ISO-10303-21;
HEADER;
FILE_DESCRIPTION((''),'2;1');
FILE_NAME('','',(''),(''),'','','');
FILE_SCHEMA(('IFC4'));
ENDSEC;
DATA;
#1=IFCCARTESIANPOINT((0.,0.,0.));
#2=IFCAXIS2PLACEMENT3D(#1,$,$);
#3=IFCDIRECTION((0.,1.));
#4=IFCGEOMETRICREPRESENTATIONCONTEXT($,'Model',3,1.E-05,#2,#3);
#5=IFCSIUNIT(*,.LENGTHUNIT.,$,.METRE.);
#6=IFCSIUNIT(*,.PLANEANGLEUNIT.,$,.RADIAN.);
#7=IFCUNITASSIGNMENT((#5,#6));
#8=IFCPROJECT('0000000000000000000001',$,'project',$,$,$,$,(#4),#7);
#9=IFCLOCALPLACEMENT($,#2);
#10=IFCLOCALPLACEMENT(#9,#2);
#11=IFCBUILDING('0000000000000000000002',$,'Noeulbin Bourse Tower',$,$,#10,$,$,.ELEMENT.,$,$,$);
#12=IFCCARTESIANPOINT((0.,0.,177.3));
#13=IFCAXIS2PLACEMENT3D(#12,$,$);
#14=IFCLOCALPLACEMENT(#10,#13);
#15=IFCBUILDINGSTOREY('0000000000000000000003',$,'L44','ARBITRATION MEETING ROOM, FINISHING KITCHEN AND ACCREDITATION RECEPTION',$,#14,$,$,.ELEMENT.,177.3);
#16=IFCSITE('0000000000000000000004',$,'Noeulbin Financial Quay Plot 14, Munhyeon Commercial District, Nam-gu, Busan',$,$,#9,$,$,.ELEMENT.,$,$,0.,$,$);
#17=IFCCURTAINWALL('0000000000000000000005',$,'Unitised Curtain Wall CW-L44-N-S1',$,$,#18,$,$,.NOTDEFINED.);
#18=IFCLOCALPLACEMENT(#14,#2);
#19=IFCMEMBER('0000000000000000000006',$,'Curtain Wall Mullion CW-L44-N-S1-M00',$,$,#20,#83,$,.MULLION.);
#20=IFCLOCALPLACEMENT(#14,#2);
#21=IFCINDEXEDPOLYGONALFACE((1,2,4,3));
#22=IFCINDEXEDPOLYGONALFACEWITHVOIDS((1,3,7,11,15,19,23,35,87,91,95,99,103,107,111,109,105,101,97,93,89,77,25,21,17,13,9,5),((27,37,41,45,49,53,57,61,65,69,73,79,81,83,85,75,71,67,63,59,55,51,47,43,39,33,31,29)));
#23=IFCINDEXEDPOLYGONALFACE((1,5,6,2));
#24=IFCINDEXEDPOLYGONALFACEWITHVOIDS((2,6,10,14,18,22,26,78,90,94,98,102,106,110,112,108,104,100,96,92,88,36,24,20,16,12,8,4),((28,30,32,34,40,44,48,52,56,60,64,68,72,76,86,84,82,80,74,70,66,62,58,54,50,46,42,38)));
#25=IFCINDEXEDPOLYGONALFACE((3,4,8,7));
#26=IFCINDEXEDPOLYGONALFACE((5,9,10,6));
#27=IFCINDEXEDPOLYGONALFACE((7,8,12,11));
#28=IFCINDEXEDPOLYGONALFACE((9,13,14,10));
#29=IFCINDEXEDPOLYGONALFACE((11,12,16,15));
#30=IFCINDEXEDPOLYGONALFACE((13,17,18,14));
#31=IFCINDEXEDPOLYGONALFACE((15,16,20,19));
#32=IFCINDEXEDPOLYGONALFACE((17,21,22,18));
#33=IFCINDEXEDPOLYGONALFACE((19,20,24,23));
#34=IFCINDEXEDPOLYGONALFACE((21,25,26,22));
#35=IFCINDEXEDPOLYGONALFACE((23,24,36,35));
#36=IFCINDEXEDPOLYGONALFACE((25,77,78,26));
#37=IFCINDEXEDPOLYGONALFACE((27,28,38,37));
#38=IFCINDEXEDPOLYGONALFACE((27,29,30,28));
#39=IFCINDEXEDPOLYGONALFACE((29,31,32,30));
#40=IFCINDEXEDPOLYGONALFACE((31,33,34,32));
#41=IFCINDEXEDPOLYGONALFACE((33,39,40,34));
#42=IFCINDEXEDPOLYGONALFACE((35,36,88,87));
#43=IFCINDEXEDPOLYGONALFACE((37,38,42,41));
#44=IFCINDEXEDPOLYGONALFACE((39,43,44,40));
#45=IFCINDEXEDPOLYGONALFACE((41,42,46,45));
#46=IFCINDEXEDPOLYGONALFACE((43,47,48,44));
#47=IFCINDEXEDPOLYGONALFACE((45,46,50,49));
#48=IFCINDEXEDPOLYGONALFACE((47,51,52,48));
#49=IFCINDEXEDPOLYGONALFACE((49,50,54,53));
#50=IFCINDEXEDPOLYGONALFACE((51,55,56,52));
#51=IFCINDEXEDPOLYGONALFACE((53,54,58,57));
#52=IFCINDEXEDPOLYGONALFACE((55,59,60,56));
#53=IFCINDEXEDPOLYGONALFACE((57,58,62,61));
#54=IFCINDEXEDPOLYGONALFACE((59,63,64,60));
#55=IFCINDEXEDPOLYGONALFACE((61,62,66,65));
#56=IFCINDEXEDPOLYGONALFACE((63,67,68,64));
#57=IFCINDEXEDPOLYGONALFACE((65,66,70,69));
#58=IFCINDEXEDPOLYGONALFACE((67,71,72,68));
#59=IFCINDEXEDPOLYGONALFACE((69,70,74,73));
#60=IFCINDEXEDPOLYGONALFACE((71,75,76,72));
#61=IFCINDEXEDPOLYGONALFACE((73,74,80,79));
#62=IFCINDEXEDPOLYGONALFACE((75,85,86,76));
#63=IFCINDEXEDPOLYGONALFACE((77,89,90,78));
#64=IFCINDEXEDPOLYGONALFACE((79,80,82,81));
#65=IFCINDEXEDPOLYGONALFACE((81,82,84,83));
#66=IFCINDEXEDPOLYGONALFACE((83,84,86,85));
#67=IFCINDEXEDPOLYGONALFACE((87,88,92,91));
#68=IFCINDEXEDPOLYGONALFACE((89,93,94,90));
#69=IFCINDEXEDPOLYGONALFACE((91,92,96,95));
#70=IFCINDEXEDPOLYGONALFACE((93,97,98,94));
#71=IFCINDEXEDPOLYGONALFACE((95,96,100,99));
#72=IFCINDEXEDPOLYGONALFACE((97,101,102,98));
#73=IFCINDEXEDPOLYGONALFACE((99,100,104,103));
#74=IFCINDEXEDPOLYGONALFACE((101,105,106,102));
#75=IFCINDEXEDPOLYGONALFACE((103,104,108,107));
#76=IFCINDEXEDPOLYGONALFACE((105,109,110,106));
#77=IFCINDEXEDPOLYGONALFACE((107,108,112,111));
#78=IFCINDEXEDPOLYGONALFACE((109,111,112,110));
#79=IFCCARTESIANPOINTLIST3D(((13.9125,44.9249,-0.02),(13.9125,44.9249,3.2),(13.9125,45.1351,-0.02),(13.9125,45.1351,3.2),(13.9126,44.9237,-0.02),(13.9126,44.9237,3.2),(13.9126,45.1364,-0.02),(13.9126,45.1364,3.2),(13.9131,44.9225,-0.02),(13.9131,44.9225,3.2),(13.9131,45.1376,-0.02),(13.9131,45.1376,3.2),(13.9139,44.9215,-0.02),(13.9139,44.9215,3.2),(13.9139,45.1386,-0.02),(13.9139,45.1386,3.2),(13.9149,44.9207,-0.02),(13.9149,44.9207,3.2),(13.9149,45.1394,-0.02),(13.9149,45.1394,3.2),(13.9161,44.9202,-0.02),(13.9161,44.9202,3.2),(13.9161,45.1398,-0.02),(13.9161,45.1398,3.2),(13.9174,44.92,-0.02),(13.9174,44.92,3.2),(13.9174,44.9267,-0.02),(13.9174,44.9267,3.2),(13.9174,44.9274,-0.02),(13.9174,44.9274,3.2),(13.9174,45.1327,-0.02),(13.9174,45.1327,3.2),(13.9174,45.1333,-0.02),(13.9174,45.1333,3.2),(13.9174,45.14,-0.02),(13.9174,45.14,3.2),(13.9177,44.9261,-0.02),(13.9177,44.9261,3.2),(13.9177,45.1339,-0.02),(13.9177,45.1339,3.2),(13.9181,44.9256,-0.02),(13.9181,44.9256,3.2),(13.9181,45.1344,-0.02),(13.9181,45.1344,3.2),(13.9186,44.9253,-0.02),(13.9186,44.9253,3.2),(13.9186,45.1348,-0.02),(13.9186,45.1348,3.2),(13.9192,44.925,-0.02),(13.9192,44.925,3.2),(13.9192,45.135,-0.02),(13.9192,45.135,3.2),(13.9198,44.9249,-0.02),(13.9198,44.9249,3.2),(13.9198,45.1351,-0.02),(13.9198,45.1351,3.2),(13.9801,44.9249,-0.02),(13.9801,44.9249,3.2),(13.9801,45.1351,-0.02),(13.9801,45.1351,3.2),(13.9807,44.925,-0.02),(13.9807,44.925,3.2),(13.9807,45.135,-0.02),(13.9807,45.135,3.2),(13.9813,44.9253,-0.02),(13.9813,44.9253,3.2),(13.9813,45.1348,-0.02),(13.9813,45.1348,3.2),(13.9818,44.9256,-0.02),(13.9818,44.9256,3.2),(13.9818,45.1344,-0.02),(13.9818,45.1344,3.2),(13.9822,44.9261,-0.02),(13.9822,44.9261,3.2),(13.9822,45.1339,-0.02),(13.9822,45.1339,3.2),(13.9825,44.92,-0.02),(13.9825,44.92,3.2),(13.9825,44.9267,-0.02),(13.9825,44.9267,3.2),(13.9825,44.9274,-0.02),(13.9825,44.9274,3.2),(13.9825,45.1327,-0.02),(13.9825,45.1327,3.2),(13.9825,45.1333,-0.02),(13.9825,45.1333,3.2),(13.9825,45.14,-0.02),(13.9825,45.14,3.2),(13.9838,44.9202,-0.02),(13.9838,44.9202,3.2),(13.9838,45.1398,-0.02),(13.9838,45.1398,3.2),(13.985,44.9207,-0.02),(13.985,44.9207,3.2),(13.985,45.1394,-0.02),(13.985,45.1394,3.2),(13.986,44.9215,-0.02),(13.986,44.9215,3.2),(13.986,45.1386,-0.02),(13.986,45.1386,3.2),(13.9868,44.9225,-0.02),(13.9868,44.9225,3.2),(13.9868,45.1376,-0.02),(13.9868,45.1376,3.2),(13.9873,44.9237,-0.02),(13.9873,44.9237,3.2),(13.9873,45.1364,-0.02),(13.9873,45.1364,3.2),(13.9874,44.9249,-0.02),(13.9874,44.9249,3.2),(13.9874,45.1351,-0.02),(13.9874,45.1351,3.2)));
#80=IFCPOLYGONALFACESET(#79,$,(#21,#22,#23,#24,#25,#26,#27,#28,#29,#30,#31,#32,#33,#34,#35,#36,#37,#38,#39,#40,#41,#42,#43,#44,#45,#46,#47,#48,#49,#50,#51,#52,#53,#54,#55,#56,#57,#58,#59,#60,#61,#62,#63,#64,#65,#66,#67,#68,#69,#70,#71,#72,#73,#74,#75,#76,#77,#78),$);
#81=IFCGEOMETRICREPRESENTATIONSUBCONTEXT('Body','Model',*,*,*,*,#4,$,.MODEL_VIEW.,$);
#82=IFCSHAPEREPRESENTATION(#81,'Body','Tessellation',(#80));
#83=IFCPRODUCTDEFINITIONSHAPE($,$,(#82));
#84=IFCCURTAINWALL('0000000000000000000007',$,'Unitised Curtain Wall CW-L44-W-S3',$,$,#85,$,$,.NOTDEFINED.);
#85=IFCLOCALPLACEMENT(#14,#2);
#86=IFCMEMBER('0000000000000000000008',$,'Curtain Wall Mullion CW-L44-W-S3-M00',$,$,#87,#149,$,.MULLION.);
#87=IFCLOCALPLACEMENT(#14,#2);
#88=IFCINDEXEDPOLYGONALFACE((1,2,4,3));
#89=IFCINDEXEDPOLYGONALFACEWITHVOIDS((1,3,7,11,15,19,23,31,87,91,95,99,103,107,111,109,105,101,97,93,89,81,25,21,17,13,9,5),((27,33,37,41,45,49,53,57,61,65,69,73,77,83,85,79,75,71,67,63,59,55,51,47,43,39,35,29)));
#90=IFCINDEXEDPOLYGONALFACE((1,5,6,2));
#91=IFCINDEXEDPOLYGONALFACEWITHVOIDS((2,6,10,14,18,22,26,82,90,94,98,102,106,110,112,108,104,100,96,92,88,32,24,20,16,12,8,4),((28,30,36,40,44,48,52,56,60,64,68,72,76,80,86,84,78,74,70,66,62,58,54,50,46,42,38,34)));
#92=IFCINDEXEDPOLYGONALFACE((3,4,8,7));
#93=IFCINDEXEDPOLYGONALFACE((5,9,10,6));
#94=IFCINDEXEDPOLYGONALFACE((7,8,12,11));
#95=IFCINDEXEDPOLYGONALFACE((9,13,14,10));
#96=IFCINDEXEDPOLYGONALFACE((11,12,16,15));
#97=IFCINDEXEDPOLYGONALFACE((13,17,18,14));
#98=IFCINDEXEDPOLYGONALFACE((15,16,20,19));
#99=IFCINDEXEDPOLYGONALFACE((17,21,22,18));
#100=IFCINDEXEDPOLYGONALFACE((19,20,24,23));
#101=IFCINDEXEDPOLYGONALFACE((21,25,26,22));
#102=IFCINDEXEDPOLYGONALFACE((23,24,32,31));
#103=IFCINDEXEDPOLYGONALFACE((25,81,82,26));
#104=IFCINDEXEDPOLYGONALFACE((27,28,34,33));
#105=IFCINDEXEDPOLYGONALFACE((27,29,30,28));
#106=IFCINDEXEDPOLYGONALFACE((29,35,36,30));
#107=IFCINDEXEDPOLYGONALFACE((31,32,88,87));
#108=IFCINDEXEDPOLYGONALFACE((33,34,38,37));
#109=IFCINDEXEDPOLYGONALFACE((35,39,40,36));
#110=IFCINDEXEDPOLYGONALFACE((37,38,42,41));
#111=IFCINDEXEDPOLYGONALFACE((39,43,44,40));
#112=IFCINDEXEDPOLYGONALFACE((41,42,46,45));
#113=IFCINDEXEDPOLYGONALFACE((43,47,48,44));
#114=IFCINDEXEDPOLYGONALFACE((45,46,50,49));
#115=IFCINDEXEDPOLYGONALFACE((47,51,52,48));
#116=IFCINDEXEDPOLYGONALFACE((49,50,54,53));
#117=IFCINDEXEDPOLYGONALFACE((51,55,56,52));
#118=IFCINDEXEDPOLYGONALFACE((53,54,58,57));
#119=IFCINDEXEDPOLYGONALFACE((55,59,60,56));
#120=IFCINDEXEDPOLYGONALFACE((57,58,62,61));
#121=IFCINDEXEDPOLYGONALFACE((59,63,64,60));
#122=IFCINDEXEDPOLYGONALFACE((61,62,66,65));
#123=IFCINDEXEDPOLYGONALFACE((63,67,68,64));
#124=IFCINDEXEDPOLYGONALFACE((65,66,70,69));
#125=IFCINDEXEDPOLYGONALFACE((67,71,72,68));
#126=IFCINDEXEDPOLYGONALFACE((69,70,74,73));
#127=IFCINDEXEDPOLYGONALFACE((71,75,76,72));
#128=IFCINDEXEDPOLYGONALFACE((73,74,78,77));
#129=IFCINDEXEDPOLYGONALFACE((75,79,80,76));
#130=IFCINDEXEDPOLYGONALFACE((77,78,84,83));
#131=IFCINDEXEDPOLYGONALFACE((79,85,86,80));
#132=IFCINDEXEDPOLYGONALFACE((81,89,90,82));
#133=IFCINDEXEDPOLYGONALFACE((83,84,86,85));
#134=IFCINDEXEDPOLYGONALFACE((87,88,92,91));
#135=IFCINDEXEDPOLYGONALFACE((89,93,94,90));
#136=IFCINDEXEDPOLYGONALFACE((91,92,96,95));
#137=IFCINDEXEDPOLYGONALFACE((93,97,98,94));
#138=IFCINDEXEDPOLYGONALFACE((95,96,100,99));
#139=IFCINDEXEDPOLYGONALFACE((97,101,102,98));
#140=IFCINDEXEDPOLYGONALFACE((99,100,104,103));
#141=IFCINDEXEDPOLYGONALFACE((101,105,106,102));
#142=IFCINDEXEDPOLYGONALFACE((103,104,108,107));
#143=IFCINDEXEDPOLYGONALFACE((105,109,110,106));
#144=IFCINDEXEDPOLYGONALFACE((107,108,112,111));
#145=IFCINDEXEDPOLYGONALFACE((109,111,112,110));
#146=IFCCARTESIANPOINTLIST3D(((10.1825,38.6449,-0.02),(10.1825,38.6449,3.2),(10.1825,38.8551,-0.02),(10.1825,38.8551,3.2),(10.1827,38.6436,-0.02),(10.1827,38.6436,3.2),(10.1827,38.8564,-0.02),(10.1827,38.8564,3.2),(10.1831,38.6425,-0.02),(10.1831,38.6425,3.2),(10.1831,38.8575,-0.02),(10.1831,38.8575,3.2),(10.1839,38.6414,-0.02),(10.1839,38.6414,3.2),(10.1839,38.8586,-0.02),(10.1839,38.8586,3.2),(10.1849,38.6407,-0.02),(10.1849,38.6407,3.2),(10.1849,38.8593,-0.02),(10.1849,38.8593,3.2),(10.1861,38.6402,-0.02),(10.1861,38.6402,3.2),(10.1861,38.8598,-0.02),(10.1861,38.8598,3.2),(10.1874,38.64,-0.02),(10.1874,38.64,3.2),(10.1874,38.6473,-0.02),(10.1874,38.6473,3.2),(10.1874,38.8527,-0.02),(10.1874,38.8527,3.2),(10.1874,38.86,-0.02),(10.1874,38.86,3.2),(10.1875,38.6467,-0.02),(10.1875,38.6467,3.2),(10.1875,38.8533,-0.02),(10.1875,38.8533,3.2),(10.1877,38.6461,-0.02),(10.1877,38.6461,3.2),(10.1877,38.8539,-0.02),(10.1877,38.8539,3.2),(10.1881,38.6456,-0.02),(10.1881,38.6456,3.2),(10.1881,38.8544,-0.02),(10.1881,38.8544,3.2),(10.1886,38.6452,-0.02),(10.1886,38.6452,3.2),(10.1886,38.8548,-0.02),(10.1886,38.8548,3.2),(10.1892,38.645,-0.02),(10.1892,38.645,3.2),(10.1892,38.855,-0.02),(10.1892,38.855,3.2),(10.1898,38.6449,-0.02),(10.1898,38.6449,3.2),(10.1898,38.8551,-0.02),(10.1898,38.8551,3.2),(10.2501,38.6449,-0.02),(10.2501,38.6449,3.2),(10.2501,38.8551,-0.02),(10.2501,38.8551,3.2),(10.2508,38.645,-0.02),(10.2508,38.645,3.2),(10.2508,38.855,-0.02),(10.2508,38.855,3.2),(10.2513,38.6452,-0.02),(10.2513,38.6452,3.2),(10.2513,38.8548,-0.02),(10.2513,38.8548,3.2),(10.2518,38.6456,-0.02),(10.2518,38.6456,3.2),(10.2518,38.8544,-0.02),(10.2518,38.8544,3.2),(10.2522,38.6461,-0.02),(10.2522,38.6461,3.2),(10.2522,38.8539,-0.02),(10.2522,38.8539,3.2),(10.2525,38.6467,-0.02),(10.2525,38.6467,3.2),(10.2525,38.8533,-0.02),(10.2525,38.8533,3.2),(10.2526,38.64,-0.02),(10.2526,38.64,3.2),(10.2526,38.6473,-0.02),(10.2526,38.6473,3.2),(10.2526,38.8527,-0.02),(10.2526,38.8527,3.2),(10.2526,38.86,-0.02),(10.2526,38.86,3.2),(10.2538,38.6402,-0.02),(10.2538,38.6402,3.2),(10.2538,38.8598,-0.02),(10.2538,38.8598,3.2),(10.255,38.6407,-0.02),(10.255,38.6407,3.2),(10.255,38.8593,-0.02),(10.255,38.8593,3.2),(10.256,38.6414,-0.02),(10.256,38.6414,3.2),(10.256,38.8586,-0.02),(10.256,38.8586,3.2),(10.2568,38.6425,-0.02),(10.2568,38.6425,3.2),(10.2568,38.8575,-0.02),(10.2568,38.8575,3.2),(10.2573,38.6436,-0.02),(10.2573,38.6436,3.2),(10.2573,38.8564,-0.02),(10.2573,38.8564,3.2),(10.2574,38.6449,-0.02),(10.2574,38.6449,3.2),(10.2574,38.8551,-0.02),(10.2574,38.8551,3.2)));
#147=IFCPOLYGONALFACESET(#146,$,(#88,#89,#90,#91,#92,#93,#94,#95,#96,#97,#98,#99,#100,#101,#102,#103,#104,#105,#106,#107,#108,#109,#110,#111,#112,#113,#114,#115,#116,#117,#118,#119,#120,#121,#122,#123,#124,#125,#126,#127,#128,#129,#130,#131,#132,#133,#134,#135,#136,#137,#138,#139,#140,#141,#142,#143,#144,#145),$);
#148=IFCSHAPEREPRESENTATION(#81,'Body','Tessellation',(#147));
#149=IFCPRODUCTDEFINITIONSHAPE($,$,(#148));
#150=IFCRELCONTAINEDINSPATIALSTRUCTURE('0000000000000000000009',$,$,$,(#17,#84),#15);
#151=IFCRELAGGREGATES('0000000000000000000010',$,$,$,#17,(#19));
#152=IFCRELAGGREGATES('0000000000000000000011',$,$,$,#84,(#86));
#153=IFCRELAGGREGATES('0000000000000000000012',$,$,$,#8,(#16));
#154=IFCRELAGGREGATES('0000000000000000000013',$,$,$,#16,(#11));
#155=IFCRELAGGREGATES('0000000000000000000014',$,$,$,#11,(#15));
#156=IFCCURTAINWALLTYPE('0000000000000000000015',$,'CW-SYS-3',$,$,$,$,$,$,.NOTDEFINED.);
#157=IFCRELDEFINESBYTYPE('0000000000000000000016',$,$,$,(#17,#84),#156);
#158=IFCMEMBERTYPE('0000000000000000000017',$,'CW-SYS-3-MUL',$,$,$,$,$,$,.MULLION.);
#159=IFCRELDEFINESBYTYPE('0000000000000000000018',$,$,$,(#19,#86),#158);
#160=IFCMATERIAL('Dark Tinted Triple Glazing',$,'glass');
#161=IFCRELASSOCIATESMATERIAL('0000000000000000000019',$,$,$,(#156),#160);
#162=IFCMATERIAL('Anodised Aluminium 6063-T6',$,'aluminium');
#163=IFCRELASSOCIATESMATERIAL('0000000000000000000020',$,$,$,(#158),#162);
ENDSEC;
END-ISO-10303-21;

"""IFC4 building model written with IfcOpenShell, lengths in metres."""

from ifc_helpers import new_model, si_unit, direction, frame, origin, origin_2d, place, context, subcontext, project, spatial, hollow_rectangle, extrude, material, material_profile, profile_set, type_object, element, aggregate, save


model = new_model("IFC4")

# Units and contexts
model_context = context("Model", 3, precision=1e-05, world=origin(), true_north=direction((0.0, 1.0)))
body_context = subcontext(model_context, "Body", "Model", "MODEL_VIEW")
ifc_project = project(units=[si_unit("LENGTHUNIT", "METRE"), si_unit("PLANEANGLEUNIT", "RADIAN")], contexts=[model_context])

# Site, building, storey
site_placement = place(None, origin())
site = spatial("IfcSite", under=ifc_project, at=site_placement, Name="Noeulbin Financial Quay Plot 14, Munhyeon Commercial District, Nam-gu, Busan", CompositionType="ELEMENT", RefElevation=0.0)
building_placement = place(site_placement, origin())
building = spatial("IfcBuilding", under=site, at=building_placement, Name="Noeulbin Bourse Tower", CompositionType="ELEMENT")
storey_placement = place(building_placement, frame((0.0, 0.0, 177.3)))
storey = spatial("IfcBuildingStorey", under=building, at=storey_placement, Name="L44", Description="ARBITRATION MEETING ROOM, FINISHING KITCHEN AND ACCREDITATION RECEPTION", CompositionType="ELEMENT", Elevation=177.3)

# Curtain wall, member
ifc_material_1 = material(Name="Dark Tinted Triple Glazing", Category="glass")
curtain_wall_type = type_object("IfcCurtainWallType", Name="CW-SYS-3", PredefinedType="NOTDEFINED", material=ifc_material_1)
curtain_wall_1_placement = place(storey_placement, origin())
curtain_wall_1 = element("IfcCurtainWall", 1, at=curtain_wall_1_placement, inside=storey, type_object=curtain_wall_type, Name="Unitised Curtain Wall CW-L44-N-S1", PredefinedType="NOTDEFINED")
ifc_material_2 = material(Name="Anodised Aluminium 6063-T6", Category="aluminium")
ifc_material_profile_1 = material_profile(ifc_material_2, hollow_rectangle(XDim=0.075, YDim=0.22, WallThickness=0.0049, InnerFilletRadius=0.0024, OuterFilletRadius=0.0049, at=origin_2d()), Name="ALU-MULL-75x220x5", Category="LoadBearing")
ifc_profile_set_1 = profile_set([ifc_material_profile_1], Name="Anodised Aluminium 6063-T6")
member_type_1 = type_object("IfcMemberType", Name="CW-SYS-3-MUL", PredefinedType="MULLION", material=ifc_profile_set_1)
member_1_placement = place(storey_placement, frame((13.95, 45.03, -0.02), z_axis=(0.0, 0.0, 1.0), x_axis=(1.0, 0.0, 0.0)))
member_1 = element("IfcMember", 2, at=member_1_placement, type_object=member_type_1, Name="Curtain Wall Mullion CW-L44-N-S1-M00", PredefinedType="MULLION", context=body_context, shape_type="SweptSolid", body=[
    extrude(hollow_rectangle(XDim=0.075, YDim=0.22, WallThickness=0.0049, InnerFilletRadius=0.0024, OuterFilletRadius=0.0049, at=origin_2d()), origin(), (0.0, 0.0, 1.0), 3.22),
])

# Curtain wall, member
curtain_wall_2_placement = place(storey_placement, origin())
curtain_wall_2 = element("IfcCurtainWall", 3, at=curtain_wall_2_placement, inside=storey, type_object=curtain_wall_type, Name="Unitised Curtain Wall CW-L44-W-S3", PredefinedType="NOTDEFINED")
member_2_placement = place(storey_placement, frame((10.22, 38.75, -0.02), z_axis=(0.0, 0.0, 1.0), x_axis=(1.0, 0.0, 0.0)))
member_2 = element("IfcMember", 4, at=member_2_placement, type_object=member_type_1, Name="Curtain Wall Mullion CW-L44-W-S3-M00", PredefinedType="MULLION", context=body_context, shape_type="SweptSolid", body=[
    extrude(hollow_rectangle(XDim=0.075, YDim=0.22, WallThickness=0.0049, InnerFilletRadius=0.0024, OuterFilletRadius=0.0049, at=origin_2d()), origin(), (0.0, 0.0, 1.0), 3.22),
])

aggregate(curtain_wall_1, [member_1])

aggregate(curtain_wall_2, [member_2])

save(model, "model.ifc")
